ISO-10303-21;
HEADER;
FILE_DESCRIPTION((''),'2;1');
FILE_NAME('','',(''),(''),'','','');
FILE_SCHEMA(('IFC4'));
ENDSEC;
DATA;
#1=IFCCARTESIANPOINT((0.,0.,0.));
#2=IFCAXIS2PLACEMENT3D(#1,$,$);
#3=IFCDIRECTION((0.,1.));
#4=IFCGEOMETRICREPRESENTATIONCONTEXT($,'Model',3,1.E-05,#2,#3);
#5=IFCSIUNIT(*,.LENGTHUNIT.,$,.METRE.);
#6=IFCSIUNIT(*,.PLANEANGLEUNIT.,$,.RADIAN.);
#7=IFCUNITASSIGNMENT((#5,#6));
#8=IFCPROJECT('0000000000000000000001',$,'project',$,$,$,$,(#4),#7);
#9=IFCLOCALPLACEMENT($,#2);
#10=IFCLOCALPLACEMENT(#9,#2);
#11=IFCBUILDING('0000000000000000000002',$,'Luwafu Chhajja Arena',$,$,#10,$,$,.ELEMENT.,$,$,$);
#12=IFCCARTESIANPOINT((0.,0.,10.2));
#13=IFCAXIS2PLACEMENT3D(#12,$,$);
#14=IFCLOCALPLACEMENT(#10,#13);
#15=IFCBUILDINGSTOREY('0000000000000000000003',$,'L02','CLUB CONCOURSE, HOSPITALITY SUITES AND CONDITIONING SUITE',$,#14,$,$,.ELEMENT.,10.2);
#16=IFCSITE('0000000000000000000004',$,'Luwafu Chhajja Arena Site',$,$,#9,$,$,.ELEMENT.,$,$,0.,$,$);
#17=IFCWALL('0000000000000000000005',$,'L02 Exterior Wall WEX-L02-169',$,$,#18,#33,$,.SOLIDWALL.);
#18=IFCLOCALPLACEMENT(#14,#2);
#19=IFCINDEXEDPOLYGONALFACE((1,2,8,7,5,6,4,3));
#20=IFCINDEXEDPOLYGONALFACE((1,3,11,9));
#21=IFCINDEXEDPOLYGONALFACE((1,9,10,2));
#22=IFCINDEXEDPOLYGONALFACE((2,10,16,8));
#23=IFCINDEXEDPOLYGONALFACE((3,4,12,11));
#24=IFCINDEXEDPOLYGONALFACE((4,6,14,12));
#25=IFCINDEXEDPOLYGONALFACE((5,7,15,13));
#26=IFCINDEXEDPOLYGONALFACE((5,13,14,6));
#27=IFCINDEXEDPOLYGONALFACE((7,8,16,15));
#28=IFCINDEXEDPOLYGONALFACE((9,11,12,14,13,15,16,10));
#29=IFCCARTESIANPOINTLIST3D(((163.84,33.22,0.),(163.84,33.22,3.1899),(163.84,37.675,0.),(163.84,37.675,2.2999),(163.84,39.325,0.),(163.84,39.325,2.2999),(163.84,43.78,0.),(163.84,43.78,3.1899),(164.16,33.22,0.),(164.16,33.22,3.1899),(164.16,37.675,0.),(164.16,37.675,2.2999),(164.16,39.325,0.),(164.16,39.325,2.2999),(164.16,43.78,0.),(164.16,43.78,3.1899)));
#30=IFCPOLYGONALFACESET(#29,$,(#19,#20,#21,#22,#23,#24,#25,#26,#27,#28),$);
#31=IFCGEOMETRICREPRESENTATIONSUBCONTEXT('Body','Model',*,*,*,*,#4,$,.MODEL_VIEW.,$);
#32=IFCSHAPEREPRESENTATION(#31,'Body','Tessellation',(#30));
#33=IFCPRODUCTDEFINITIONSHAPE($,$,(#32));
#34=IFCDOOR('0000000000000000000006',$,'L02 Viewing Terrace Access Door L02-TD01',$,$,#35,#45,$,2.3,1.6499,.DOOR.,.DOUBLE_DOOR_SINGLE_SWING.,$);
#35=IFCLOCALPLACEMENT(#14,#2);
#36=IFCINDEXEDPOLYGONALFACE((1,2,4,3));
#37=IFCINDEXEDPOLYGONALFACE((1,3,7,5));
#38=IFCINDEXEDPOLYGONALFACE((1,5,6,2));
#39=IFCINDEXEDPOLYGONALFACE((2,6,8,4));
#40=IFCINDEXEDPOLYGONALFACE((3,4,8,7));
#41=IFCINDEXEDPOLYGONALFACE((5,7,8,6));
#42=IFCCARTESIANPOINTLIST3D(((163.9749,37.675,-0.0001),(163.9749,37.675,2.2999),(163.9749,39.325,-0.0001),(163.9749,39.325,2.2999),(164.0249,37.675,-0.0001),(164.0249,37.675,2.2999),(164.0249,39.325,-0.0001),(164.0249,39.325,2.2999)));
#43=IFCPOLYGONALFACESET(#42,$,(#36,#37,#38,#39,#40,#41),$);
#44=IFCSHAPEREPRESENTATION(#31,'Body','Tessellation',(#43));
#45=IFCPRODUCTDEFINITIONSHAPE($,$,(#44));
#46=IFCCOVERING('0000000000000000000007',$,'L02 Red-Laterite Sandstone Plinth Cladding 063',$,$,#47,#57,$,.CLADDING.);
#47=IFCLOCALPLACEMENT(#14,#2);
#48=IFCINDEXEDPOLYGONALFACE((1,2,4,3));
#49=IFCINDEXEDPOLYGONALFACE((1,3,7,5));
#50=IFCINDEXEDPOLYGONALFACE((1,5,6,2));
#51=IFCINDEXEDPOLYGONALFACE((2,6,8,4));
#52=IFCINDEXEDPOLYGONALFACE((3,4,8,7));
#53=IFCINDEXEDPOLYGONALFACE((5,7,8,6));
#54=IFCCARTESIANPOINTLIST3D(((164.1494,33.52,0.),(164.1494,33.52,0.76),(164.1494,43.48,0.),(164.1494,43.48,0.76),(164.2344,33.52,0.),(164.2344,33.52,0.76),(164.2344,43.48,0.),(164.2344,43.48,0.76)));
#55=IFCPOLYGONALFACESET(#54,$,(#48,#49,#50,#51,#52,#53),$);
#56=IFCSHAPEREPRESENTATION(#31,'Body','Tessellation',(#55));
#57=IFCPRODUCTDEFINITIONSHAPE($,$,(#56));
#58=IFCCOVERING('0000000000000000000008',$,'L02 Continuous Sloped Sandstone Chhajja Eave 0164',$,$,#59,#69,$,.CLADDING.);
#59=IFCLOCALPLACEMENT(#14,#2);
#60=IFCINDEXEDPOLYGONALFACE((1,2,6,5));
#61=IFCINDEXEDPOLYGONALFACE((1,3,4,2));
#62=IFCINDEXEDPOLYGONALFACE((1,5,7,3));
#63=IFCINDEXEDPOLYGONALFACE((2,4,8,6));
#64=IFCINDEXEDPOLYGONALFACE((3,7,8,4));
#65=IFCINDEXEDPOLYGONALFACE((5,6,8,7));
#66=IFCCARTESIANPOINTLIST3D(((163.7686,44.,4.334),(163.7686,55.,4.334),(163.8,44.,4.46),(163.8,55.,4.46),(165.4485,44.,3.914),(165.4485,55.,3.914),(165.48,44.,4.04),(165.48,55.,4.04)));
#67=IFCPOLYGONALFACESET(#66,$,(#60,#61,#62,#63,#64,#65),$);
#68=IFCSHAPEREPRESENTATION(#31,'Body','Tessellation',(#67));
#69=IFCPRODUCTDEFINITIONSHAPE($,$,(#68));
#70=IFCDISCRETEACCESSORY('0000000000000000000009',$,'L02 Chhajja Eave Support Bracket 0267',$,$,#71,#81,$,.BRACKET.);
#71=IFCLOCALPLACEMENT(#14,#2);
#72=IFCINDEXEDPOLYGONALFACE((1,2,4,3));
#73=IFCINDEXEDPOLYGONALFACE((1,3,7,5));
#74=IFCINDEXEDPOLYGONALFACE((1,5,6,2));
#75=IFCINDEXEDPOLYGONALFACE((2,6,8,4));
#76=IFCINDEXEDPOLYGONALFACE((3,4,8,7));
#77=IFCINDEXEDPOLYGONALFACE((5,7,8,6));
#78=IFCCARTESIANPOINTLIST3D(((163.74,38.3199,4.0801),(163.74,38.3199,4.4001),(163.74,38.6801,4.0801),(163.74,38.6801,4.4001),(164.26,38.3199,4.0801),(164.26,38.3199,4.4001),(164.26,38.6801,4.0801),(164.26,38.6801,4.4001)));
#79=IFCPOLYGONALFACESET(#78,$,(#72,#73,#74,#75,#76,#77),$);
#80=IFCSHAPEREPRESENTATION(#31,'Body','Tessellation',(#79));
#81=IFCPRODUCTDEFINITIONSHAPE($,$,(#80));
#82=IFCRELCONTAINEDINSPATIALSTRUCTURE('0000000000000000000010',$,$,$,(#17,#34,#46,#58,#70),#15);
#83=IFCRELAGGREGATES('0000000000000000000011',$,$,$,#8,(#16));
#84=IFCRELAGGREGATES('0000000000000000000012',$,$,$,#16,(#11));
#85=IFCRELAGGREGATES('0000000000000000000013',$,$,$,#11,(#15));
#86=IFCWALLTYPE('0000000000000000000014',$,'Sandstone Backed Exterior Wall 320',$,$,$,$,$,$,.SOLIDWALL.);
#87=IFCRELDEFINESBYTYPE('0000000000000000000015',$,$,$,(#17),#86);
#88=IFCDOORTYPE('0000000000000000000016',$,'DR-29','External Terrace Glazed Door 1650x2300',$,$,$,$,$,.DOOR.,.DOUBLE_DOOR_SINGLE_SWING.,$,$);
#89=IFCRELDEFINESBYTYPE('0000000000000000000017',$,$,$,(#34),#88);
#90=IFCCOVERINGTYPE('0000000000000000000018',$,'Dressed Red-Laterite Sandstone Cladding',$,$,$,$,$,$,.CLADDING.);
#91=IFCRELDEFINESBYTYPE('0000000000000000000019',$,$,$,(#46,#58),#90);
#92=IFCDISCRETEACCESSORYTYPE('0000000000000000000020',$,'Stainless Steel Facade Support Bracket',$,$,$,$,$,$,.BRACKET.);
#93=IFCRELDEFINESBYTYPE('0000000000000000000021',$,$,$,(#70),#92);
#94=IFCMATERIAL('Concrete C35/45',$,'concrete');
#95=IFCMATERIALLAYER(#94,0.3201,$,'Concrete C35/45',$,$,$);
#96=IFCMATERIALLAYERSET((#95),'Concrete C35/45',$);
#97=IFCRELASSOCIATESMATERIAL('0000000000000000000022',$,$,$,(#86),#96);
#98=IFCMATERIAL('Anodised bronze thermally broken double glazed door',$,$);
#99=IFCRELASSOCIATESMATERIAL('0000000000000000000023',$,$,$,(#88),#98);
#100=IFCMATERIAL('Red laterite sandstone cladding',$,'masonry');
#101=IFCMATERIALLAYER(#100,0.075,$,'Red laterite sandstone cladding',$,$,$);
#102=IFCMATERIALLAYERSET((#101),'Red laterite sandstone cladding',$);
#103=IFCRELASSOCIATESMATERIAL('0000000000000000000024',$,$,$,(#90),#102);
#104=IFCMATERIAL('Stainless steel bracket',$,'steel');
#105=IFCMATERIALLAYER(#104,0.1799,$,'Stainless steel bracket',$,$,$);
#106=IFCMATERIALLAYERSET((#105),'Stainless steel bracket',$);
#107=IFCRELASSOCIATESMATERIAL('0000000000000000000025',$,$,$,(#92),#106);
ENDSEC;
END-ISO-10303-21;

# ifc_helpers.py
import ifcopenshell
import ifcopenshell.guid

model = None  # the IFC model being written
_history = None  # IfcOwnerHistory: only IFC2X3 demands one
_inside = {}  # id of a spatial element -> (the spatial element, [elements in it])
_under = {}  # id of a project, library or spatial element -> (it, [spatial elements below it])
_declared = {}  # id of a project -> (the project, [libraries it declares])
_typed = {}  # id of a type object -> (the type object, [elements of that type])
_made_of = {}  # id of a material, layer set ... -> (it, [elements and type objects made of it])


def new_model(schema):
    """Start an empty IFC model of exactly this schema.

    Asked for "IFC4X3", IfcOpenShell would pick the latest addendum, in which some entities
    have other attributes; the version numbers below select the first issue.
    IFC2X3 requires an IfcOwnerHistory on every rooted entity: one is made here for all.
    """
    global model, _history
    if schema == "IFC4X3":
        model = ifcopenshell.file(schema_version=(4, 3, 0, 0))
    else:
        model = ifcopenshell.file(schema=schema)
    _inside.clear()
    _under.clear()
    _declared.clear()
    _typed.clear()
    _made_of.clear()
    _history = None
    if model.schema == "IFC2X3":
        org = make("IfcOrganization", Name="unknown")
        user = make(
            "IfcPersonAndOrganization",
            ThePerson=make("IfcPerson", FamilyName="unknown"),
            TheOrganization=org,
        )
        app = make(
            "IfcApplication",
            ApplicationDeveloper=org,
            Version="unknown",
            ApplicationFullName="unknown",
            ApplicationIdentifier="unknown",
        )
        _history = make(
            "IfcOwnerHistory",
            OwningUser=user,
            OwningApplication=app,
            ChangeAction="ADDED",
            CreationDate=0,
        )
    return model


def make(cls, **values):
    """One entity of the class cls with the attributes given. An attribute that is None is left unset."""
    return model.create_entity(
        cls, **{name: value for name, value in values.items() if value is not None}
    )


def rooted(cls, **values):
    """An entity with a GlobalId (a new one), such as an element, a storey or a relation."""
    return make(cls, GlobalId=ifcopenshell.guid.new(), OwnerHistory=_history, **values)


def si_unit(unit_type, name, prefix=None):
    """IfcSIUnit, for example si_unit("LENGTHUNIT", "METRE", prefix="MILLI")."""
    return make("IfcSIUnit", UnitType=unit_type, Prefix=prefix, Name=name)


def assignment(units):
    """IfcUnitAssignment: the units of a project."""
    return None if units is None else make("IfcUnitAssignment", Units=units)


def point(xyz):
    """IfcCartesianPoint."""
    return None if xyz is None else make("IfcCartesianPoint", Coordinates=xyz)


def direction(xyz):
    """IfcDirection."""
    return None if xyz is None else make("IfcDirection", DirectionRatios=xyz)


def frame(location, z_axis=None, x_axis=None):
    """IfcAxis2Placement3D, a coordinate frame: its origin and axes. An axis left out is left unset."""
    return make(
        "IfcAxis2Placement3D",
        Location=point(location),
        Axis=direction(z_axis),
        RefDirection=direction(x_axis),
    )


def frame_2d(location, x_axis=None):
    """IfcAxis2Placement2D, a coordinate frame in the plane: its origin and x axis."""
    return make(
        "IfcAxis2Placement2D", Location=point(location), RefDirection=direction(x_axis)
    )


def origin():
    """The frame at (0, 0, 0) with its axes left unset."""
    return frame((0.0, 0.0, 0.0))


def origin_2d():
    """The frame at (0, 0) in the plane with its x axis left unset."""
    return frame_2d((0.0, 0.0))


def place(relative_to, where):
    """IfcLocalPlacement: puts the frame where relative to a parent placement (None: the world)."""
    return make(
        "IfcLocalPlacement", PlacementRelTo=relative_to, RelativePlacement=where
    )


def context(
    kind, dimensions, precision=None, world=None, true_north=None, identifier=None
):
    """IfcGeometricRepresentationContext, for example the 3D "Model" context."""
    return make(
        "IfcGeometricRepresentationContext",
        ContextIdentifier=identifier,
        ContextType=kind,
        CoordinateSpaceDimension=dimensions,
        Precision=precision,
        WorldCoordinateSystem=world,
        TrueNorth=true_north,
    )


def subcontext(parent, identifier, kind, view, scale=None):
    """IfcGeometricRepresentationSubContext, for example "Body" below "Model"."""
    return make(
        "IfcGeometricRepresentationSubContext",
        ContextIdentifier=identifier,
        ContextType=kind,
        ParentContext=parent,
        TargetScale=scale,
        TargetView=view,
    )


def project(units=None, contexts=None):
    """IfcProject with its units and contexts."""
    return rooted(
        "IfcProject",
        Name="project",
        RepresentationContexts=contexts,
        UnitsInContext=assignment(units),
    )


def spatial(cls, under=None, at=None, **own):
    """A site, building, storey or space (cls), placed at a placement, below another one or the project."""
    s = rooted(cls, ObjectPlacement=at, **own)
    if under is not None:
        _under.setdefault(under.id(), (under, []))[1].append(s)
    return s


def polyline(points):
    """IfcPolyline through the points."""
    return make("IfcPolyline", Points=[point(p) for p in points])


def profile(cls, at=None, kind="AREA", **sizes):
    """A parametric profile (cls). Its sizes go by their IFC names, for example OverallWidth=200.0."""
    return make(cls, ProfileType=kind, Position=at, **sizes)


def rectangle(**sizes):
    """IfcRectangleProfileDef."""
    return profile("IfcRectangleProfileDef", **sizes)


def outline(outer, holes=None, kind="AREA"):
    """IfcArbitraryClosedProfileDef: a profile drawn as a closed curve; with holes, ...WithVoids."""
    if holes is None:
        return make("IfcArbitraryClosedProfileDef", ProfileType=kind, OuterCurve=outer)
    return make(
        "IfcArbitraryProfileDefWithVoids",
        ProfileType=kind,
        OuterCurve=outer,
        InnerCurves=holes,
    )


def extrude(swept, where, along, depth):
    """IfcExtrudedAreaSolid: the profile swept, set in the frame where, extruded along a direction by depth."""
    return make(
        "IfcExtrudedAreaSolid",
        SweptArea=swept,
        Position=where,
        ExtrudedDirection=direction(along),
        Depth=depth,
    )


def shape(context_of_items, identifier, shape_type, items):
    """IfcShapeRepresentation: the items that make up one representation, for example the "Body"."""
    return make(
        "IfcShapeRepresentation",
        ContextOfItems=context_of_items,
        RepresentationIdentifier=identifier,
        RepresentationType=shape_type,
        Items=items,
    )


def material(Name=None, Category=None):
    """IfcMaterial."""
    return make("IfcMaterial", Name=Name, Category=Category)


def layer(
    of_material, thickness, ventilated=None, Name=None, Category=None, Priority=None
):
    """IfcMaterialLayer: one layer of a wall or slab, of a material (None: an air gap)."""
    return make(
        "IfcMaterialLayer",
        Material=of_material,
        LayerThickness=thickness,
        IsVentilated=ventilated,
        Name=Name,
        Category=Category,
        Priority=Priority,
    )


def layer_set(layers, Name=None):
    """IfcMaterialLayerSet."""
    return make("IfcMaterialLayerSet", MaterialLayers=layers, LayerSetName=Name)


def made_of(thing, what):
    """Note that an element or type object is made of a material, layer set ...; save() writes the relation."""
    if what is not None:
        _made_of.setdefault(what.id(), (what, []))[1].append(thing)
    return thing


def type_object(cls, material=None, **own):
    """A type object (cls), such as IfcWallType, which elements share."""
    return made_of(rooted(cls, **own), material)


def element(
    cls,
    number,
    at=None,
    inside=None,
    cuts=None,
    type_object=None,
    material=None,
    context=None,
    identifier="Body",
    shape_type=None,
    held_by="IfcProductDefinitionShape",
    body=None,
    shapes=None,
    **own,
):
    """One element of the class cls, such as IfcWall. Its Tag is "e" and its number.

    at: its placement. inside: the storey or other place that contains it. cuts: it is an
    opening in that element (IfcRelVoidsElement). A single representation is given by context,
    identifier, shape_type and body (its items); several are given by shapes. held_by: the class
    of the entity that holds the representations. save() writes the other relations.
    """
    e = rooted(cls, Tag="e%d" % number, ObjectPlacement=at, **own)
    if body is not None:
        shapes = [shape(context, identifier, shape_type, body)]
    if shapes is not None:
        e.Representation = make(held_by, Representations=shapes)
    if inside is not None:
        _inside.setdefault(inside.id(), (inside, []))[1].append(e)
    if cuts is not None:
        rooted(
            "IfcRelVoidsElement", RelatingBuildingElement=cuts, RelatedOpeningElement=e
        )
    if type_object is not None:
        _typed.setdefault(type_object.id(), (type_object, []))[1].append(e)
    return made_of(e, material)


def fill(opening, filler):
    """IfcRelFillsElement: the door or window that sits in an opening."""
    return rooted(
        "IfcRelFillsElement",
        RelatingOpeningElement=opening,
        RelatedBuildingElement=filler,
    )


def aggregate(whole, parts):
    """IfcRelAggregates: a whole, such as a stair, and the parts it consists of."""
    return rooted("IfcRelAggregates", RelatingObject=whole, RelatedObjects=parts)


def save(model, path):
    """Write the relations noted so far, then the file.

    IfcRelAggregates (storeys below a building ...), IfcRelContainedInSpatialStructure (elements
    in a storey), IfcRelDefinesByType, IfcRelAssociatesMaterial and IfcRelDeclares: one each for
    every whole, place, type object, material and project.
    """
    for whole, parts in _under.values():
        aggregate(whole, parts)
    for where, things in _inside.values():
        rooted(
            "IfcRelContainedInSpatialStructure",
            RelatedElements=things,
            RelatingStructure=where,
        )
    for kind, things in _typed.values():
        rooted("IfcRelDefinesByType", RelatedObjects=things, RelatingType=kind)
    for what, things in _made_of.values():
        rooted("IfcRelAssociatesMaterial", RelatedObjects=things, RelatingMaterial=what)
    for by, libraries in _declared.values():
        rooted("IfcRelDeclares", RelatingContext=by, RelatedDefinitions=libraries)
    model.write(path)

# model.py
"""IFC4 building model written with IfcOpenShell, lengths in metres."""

from ifc_helpers import new_model, si_unit, direction, frame, frame_2d, origin, origin_2d, place, context, subcontext, project, spatial, polyline, rectangle, outline, extrude, material, layer, layer_set, type_object, element, fill, save


model = new_model("IFC4")

# Units and contexts
model_context = context("Model", 3, precision=1e-05, world=origin(), true_north=direction((0.0, 1.0)))
body_context = subcontext(model_context, "Body", "Model", "MODEL_VIEW")
ifc_project = project(units=[si_unit("LENGTHUNIT", "METRE"), si_unit("PLANEANGLEUNIT", "RADIAN")], contexts=[model_context])

# Site, building, storey
site_placement = place(None, origin())
site = spatial("IfcSite", under=ifc_project, at=site_placement, Name="Luwafu Chhajja Arena Site", CompositionType="ELEMENT", RefElevation=0.0)
building_placement = place(site_placement, origin())
building = spatial("IfcBuilding", under=site, at=building_placement, Name="Luwafu Chhajja Arena", CompositionType="ELEMENT")
storey_placement = place(building_placement, frame((0.0, 0.0, 10.2)))
storey = spatial("IfcBuildingStorey", under=building, at=storey_placement, Name="L02", Description="CLUB CONCOURSE, HOSPITALITY SUITES AND CONDITIONING SUITE", CompositionType="ELEMENT", Elevation=10.2)

# Shared definitions
ifc_material_1 = material(Name="Concrete C35/45", Category="concrete")

# Wall, opening, door
ifc_layer_1 = layer(ifc_material_1, 0.3201, Name="Concrete C35/45")
ifc_layer_set_1 = layer_set([ifc_layer_1], Name="Concrete C35/45")
wall_type_1 = type_object("IfcWallType", Name="Sandstone Backed Exterior Wall 320", PredefinedType="SOLIDWALL", material=ifc_layer_set_1)
wall_1_placement = place(storey_placement, frame((164.0, 33.22, 0.0), z_axis=(0.0, 0.0, 1.0), x_axis=(0.0, 1.0, 0.0)))
wall_1 = element("IfcWall", 1, at=wall_1_placement, inside=storey, type_object=wall_type_1, Name="L02 Exterior Wall WEX-L02-169", PredefinedType="SOLIDWALL", context=body_context, shape_type="SweptSolid", body=[
    extrude(rectangle(XDim=10.5601, YDim=0.3201, at=frame_2d((5.28, 0.0))), origin(), (0.0, 0.0, 1.0), 3.1899),
])
opening_placement = place(wall_1_placement, frame((4.4551, 0.0, 0.0)))
opening = element("IfcOpeningElement", 2, at=opening_placement, cuts=wall_1, PredefinedType="OPENING", context=body_context, shape_type="SweptSolid", body=[
    extrude(rectangle(XDim=1.6499, YDim=2.3, at=frame_2d((0.825, 1.1499))), frame((0.0, 0.1699, 0.0), z_axis=(0.0, -1.0, 0.0), x_axis=(1.0, 0.0, 0.0)), (0.0, 0.0, 1.0), 0.3401),
])
ifc_material_2 = material(Name="Anodised bronze thermally broken double glazed door")
door_type = type_object("IfcDoorType", Name="DR-29", Description="External Terrace Glazed Door 1650x2300", OperationType="DOUBLE_DOOR_SINGLE_SWING", PredefinedType="DOOR", material=ifc_material_2)
door_placement = place(opening_placement, frame((1.6499, 0.0, 0.0), z_axis=(0.0, 0.0, 1.0), x_axis=(-1.0, 0.0, 0.0)))
door = element("IfcDoor", 3, at=door_placement, inside=storey, type_object=door_type, Name="L02 Viewing Terrace Access Door L02-TD01", OperationType="DOUBLE_DOOR_SINGLE_SWING", OverallHeight=2.3, OverallWidth=1.6499, PredefinedType="DOOR", context=body_context, shape_type="SweptSolid", body=[
    extrude(rectangle(XDim=1.6499, YDim=2.3, at=frame_2d((0.825, 1.1499))), frame((0.0, 0.0249, 0.0), z_axis=(0.0, -1.0, 0.0), x_axis=(1.0, 0.0, 0.0)), (0.0, 0.0, 1.0), 0.05),
])
fill(opening, door)

# Coverings
ifc_material_3 = material(Name="Red laterite sandstone cladding", Category="masonry")
ifc_layer_2 = layer(ifc_material_3, 0.075, Name="Red laterite sandstone cladding")
ifc_layer_set_2 = layer_set([ifc_layer_2], Name="Red laterite sandstone cladding")
covering_type = type_object("IfcCoveringType", Name="Dressed Red-Laterite Sandstone Cladding", PredefinedType="CLADDING", material=ifc_layer_set_2)
covering_1_placement = place(storey_placement, frame((164.1919, 38.5, 0.0), z_axis=(0.0, 0.0, 1.0), x_axis=(0.0, 1.0, 0.0)))
element("IfcCovering", 4, at=covering_1_placement, inside=storey, type_object=covering_type, Name="L02 Red-Laterite Sandstone Plinth Cladding 063", PredefinedType="CLADDING", context=body_context, shape_type="SweptSolid", body=[
    extrude(rectangle(XDim=9.96, YDim=0.085, at=origin_2d()), origin(), (0.0, 0.0, 1.0), 0.76),
])
covering_2_placement = place(storey_placement, frame((163.8, 44.0, 4.46), z_axis=(0.242502, 0.0, 0.970151), x_axis=(0.0, 1.0, 0.0)))
element("IfcCovering", 5, at=covering_2_placement, inside=storey, type_object=covering_type, Name="L02 Continuous Sloped Sandstone Chhajja Eave 0164", PredefinedType="CLADDING", context=body_context, shape_type="SweptSolid", body=[
    extrude(outline(polyline([(0.0, 0.0), (11.0, 0.0), (11.0, -1.7316), (0.0, -1.7316), (0.0, 0.0)])), origin(), (0.0, 0.0, -1.0), 0.1299),
])

# Discrete accessory
ifc_material_4 = material(Name="Stainless steel bracket", Category="steel")
ifc_layer_3 = layer(ifc_material_4, 0.1799, Name="Stainless steel bracket")
ifc_layer_set_3 = layer_set([ifc_layer_3], Name="Stainless steel bracket")
discrete_accessory_type = type_object("IfcDiscreteAccessoryType", Name="Stainless Steel Facade Support Bracket", PredefinedType="BRACKET", material=ifc_layer_set_3)
discrete_accessory_placement = place(storey_placement, frame((164.0, 38.5, 4.0801), z_axis=(0.0, 0.0, 1.0), x_axis=(0.0, 1.0, 0.0)))
element("IfcDiscreteAccessory", 6, at=discrete_accessory_placement, inside=storey, type_object=discrete_accessory_type, Name="L02 Chhajja Eave Support Bracket 0267", PredefinedType="BRACKET", context=body_context, shape_type="SweptSolid", body=[
    extrude(rectangle(XDim=0.3601, YDim=0.52, at=origin_2d()), origin(), (0.0, 0.0, 1.0), 0.3201),
])

save(model, "model.ifc")
